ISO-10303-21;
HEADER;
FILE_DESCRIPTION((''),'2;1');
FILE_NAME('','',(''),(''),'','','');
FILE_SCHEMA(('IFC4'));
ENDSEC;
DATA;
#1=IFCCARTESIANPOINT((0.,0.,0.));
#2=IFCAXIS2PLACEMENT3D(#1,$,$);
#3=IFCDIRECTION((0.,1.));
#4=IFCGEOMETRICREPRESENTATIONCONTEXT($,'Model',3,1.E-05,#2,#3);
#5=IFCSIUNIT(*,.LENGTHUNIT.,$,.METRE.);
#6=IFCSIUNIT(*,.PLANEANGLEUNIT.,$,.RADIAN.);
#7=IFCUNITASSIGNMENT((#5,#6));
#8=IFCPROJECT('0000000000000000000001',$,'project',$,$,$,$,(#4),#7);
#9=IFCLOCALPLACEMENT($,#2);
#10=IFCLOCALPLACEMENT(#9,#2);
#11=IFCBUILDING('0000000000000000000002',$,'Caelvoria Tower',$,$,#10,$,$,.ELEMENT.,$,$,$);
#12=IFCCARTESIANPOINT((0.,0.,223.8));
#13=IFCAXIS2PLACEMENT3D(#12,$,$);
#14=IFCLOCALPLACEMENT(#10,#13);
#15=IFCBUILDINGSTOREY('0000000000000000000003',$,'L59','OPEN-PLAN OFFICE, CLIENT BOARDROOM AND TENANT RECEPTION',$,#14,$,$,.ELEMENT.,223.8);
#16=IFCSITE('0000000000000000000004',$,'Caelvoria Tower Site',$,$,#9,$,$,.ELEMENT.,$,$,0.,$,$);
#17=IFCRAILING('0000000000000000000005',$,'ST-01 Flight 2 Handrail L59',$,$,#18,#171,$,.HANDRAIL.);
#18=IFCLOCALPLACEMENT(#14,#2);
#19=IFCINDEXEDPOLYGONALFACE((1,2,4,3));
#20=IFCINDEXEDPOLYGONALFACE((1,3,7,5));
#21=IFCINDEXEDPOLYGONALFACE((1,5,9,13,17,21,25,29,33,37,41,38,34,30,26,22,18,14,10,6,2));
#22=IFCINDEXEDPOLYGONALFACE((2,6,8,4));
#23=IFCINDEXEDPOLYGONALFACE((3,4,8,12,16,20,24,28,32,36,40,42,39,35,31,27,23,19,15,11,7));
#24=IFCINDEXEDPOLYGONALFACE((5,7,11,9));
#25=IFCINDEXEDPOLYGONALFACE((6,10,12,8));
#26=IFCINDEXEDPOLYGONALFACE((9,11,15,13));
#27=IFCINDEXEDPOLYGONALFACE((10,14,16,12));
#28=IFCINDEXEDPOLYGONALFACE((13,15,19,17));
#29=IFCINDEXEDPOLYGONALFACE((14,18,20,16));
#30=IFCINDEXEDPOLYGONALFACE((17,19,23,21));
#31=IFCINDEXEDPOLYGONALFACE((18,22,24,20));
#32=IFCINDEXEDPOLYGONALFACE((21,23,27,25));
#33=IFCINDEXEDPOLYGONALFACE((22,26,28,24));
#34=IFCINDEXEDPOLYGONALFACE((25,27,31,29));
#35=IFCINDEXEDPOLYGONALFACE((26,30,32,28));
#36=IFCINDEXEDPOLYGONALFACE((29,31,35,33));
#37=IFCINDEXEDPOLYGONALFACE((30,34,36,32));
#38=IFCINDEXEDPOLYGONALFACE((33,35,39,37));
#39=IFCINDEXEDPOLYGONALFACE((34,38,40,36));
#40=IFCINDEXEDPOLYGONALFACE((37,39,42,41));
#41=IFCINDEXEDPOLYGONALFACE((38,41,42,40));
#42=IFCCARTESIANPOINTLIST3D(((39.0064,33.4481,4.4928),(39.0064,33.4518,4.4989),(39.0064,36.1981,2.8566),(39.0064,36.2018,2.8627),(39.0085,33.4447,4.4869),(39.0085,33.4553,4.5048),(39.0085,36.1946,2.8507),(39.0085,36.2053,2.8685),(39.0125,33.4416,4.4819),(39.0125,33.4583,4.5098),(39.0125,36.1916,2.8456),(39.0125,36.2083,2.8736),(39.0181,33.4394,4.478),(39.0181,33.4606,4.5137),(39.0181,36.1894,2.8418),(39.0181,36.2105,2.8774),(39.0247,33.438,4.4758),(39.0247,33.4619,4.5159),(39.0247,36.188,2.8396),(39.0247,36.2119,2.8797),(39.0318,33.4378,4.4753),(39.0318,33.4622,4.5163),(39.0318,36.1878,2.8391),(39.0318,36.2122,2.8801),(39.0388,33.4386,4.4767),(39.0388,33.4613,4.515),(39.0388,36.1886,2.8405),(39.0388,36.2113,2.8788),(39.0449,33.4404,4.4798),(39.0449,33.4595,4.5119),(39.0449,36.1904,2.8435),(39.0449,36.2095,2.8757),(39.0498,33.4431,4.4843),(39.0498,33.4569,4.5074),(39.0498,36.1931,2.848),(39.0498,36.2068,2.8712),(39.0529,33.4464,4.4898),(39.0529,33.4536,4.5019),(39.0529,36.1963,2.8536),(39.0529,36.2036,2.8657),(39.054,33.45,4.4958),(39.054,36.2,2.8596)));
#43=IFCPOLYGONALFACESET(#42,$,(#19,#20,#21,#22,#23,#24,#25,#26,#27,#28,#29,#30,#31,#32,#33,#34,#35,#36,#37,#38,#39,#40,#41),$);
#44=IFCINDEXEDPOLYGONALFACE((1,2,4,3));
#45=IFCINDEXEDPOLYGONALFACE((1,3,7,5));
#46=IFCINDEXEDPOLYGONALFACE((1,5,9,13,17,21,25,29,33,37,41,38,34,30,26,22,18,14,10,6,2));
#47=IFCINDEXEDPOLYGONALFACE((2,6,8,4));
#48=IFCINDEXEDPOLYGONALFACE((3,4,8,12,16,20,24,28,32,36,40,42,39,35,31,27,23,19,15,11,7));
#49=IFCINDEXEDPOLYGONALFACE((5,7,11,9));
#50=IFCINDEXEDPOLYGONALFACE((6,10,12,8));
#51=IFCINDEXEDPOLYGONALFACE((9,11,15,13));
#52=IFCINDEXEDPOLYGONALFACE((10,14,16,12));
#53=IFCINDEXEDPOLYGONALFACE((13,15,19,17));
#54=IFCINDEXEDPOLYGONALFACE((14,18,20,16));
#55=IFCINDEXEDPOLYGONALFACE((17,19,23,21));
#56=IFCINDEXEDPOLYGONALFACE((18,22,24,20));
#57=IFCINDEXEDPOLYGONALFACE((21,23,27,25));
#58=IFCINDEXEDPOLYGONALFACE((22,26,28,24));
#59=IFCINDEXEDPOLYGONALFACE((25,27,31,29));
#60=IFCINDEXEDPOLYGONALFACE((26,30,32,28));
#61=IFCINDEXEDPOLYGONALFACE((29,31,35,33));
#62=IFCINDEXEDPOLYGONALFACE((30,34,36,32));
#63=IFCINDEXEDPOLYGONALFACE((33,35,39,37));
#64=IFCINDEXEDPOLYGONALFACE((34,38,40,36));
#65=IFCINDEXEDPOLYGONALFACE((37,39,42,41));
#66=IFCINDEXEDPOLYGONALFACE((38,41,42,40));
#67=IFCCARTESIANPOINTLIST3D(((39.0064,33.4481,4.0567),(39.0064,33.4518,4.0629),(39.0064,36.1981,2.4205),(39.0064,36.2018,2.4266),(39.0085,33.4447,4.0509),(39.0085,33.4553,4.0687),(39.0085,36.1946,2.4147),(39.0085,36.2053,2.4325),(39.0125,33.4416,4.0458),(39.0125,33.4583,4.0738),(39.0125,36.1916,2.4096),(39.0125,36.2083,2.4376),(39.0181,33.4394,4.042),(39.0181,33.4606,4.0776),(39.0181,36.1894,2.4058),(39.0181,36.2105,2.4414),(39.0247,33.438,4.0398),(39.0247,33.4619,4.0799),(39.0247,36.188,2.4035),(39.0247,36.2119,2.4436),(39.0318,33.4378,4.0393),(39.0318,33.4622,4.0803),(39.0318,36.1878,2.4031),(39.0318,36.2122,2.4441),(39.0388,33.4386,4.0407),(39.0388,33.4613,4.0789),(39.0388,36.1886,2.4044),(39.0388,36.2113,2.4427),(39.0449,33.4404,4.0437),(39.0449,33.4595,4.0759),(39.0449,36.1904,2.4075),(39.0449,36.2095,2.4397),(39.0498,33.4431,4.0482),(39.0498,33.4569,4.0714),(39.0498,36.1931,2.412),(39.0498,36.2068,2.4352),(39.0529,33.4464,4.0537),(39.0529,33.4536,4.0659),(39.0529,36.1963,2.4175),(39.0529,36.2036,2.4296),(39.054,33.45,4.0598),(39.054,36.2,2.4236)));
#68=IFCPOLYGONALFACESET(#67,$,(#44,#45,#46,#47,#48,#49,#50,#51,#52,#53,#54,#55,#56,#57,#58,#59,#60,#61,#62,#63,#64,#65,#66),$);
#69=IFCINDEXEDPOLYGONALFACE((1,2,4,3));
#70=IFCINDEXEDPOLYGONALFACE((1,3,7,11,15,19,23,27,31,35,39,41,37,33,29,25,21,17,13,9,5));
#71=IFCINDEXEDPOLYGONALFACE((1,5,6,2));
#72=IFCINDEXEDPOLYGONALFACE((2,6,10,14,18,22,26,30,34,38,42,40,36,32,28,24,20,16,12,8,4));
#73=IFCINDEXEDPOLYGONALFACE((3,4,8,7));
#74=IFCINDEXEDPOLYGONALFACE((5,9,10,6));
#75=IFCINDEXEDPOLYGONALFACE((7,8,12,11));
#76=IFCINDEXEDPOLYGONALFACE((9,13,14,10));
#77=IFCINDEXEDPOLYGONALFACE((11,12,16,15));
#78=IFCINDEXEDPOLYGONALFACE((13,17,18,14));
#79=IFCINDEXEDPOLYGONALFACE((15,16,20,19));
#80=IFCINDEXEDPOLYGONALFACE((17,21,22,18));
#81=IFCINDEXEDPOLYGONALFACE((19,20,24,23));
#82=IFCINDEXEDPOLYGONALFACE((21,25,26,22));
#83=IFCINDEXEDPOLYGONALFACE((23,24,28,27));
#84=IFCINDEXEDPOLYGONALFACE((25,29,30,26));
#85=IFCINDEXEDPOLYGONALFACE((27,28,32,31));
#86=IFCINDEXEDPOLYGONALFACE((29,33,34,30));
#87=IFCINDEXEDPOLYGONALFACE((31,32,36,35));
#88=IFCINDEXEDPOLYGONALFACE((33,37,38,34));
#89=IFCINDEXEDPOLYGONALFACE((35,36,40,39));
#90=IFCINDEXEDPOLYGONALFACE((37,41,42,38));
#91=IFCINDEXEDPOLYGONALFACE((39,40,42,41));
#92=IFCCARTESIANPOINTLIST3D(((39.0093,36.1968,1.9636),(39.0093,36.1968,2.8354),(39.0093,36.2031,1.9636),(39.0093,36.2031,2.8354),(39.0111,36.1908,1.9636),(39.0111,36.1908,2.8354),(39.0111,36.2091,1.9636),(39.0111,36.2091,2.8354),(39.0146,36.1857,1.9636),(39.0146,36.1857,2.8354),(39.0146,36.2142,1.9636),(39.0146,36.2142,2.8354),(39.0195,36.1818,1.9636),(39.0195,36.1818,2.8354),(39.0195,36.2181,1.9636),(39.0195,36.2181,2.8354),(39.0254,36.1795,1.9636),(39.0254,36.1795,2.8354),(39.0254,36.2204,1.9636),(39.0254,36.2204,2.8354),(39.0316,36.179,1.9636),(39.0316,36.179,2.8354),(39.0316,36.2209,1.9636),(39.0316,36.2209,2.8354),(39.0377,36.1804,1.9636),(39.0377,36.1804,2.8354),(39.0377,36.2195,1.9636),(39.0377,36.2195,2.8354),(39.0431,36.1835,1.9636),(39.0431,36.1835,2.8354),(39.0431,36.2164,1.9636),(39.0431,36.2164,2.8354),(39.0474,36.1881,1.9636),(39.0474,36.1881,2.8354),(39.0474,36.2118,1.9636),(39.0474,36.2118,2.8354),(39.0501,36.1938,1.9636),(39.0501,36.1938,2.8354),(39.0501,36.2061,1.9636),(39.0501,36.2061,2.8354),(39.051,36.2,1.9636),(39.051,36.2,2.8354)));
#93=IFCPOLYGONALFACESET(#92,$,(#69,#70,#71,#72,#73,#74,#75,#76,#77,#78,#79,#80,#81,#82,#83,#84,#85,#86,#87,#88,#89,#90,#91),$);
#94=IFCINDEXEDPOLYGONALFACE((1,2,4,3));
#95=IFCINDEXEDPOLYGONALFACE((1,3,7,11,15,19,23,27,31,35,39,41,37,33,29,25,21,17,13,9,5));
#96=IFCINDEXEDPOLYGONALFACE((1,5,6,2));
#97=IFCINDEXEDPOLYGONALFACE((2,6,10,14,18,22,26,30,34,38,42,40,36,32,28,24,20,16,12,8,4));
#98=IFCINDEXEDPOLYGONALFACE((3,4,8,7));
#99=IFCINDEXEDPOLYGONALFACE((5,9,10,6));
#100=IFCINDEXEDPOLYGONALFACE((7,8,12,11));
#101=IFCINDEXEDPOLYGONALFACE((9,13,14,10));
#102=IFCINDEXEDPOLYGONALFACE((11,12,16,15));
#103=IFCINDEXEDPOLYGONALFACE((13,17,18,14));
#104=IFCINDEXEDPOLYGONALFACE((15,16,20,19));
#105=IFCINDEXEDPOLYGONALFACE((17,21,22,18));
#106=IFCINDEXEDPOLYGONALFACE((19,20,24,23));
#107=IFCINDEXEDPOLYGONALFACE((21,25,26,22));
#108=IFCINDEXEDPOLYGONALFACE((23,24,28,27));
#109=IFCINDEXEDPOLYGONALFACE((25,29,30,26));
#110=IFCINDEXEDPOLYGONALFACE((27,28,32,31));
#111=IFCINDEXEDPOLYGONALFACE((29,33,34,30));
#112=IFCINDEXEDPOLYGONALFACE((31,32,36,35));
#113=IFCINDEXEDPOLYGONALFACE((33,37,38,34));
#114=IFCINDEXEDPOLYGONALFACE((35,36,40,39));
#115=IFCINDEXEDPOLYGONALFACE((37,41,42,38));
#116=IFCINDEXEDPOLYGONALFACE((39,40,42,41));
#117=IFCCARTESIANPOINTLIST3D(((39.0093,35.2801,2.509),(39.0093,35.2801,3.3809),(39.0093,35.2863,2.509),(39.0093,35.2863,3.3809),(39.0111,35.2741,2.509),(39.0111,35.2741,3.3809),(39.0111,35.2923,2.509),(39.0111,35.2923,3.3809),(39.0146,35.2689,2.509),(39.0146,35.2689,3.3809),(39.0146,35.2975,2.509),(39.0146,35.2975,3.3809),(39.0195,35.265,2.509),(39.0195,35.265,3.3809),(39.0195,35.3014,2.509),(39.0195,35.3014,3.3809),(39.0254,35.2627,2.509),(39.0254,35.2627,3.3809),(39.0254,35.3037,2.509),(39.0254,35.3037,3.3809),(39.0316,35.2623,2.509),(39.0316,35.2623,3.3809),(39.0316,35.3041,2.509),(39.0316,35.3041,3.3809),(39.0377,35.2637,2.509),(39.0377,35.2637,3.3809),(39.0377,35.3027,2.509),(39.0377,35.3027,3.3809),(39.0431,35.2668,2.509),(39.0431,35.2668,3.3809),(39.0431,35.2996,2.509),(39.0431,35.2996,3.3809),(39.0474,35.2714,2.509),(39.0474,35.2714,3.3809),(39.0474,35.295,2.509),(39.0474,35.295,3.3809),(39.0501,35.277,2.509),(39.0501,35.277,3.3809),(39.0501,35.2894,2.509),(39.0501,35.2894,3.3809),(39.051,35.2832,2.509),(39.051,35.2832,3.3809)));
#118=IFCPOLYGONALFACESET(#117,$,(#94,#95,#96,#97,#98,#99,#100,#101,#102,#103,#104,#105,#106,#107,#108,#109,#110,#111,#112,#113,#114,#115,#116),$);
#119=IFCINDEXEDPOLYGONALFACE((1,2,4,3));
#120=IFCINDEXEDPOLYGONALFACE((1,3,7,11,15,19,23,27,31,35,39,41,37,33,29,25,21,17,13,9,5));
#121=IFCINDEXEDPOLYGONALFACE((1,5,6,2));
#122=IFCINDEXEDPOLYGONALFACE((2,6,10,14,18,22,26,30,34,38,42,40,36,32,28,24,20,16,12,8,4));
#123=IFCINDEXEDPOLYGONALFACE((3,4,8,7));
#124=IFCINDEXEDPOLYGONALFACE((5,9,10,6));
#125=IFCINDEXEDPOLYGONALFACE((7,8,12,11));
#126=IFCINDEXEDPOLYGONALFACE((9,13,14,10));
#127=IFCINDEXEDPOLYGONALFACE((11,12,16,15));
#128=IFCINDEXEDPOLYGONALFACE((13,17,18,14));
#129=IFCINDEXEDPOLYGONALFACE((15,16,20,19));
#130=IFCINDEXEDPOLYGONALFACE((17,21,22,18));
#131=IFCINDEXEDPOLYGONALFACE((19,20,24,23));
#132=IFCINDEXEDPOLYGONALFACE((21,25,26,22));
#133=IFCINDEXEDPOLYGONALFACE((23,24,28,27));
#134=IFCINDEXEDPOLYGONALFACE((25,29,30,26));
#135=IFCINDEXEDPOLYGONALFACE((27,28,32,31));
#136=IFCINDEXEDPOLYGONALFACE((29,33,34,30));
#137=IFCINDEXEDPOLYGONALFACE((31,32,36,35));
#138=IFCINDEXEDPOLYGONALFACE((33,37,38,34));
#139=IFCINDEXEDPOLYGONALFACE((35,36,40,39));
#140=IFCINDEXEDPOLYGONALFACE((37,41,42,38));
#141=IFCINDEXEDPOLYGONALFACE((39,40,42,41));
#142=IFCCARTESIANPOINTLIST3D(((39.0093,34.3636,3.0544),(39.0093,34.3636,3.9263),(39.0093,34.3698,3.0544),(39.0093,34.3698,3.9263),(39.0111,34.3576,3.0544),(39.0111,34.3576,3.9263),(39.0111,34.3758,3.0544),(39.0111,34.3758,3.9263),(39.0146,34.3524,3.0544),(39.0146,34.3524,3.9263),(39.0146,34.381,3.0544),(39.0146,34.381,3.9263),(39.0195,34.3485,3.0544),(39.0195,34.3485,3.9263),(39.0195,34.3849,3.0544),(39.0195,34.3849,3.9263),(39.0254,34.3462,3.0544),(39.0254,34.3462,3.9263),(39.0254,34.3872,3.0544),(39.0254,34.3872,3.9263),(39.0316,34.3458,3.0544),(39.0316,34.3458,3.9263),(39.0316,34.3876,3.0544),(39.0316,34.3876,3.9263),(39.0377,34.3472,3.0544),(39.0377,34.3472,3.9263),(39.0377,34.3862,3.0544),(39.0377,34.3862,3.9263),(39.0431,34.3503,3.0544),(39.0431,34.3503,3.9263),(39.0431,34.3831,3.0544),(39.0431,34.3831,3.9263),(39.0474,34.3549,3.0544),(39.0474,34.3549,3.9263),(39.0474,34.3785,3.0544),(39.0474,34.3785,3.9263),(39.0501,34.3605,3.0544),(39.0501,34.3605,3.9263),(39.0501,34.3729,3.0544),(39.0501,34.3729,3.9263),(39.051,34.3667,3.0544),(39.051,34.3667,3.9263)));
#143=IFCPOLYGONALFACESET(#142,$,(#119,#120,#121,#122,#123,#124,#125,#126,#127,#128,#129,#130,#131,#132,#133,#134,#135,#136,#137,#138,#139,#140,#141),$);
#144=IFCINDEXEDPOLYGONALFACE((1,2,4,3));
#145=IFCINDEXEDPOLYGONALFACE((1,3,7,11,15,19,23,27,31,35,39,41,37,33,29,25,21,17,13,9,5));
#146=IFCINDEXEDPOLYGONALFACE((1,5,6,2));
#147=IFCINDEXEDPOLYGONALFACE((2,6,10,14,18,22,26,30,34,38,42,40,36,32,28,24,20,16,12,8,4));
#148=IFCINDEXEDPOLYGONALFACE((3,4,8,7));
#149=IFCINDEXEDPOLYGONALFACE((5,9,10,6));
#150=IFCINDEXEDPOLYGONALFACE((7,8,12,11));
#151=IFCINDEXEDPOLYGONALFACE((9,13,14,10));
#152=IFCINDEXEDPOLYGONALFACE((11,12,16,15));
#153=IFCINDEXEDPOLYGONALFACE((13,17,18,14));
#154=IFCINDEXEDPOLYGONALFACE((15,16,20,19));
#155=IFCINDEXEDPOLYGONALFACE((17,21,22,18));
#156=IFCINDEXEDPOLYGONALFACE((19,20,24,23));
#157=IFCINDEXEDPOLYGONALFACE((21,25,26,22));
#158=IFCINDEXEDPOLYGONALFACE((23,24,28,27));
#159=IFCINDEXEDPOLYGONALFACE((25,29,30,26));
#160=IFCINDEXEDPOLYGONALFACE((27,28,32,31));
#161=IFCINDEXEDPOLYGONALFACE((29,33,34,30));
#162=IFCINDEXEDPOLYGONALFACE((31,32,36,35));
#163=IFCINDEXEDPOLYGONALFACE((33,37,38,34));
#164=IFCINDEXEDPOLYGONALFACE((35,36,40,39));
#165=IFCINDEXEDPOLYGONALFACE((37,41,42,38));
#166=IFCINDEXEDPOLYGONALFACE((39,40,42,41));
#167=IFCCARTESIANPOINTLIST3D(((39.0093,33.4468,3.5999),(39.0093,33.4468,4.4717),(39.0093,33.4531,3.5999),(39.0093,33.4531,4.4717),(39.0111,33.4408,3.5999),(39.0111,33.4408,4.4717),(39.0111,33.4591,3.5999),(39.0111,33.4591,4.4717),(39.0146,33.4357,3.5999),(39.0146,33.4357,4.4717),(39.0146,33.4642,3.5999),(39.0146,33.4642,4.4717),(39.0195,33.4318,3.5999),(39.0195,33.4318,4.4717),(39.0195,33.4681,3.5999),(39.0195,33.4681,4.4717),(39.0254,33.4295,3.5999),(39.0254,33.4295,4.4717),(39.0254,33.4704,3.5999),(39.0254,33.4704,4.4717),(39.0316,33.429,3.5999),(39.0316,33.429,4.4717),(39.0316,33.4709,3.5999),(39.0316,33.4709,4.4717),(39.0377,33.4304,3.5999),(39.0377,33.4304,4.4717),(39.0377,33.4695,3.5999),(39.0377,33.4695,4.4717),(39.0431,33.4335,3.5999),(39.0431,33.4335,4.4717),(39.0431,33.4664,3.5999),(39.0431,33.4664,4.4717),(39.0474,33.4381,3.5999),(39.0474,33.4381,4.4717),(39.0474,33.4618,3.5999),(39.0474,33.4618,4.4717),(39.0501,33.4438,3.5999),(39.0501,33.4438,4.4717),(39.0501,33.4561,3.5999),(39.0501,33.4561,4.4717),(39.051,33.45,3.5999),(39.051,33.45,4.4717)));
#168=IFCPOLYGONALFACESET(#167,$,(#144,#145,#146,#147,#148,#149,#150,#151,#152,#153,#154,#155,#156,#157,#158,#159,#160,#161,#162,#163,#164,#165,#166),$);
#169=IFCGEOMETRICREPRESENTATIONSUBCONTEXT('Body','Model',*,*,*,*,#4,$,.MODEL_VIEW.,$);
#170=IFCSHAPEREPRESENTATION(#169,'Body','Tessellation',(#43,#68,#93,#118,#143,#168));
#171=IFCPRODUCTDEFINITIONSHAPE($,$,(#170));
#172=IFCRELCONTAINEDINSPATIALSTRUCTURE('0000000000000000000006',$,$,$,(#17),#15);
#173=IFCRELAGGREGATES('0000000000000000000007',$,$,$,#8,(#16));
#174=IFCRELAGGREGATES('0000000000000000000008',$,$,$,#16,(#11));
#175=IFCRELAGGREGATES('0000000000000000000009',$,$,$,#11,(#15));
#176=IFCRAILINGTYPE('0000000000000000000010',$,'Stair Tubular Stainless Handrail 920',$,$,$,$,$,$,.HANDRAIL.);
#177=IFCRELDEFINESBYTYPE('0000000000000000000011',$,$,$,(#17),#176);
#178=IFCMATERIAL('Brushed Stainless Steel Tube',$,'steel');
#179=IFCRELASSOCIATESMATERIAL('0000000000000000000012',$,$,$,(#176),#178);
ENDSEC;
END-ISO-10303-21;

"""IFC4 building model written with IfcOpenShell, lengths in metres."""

from ifc_helpers import new_model, si_unit, direction, frame, origin, origin_2d, place, context, subcontext, project, spatial, circle, extrude, material, type_object, element, save


model = new_model("IFC4")

# Units and contexts
model_context = context("Model", 3, precision=1e-05, world=origin(), true_north=direction((0.0, 1.0)))
body_context = subcontext(model_context, "Body", "Model", "MODEL_VIEW")
ifc_project = project(units=[si_unit("LENGTHUNIT", "METRE"), si_unit("PLANEANGLEUNIT", "RADIAN")], contexts=[model_context])

# Site, building, storey
site_placement = place(None, origin())
site = spatial("IfcSite", under=ifc_project, at=site_placement, Name="Caelvoria Tower Site", CompositionType="ELEMENT", RefElevation=0.0)
building_placement = place(site_placement, origin())
building = spatial("IfcBuilding", under=site, at=building_placement, Name="Caelvoria Tower", CompositionType="ELEMENT")
storey_placement = place(building_placement, frame((0.0, 0.0, 223.8)))
storey = spatial("IfcBuildingStorey", under=building, at=storey_placement, Name="L59", Description="OPEN-PLAN OFFICE, CLIENT BOARDROOM AND TENANT RECEPTION", CompositionType="ELEMENT", Elevation=223.8)

# Railing
ifc_material_1 = material(Name="Brushed Stainless Steel Tube", Category="steel")
railing_type_1 = type_object("IfcRailingType", Name="Stair Tubular Stainless Handrail 920", PredefinedType="HANDRAIL", material=ifc_material_1)
railing_1_placement = place(storey_placement, frame((39.03, 36.2, 1.9636)))
element("IfcRailing", 1, at=railing_1_placement, inside=storey, type_object=railing_type_1, Name="ST-01 Flight 2 Handrail L59", PredefinedType="HANDRAIL", context=body_context, shape_type="SweptSolid", body=[
    extrude(circle(Radius=0.0239, at=origin_2d()), frame((0.0, 0.0, 0.896), z_axis=(0.0, -0.859385, 0.511328), x_axis=(1.0, 0.0, 0.0)), (0.0, 0.0, 1.0), 3.2),
    extrude(circle(Radius=0.0239, at=origin_2d()), frame((0.0, 0.0, 0.46), z_axis=(0.0, -0.859385, 0.511328), x_axis=(1.0, 0.0, 0.0)), (0.0, 0.0, 1.0), 3.2),
    extrude(circle(Radius=0.021, at=origin_2d()), origin(), (0.0, 0.0, 1.0), 0.8718),
    extrude(circle(Radius=0.021, at=origin_2d()), frame((0.0, -0.9167, 0.5454)), (0.0, 0.0, 1.0), 0.8718),
    extrude(circle(Radius=0.021, at=origin_2d()), frame((0.0, -1.8333, 1.0908)), (0.0, 0.0, 1.0), 0.8718),
    extrude(circle(Radius=0.021, at=origin_2d()), frame((0.0, -2.75, 1.6362)), (0.0, 0.0, 1.0), 0.8718),
])

save(model, "model.ifc")
